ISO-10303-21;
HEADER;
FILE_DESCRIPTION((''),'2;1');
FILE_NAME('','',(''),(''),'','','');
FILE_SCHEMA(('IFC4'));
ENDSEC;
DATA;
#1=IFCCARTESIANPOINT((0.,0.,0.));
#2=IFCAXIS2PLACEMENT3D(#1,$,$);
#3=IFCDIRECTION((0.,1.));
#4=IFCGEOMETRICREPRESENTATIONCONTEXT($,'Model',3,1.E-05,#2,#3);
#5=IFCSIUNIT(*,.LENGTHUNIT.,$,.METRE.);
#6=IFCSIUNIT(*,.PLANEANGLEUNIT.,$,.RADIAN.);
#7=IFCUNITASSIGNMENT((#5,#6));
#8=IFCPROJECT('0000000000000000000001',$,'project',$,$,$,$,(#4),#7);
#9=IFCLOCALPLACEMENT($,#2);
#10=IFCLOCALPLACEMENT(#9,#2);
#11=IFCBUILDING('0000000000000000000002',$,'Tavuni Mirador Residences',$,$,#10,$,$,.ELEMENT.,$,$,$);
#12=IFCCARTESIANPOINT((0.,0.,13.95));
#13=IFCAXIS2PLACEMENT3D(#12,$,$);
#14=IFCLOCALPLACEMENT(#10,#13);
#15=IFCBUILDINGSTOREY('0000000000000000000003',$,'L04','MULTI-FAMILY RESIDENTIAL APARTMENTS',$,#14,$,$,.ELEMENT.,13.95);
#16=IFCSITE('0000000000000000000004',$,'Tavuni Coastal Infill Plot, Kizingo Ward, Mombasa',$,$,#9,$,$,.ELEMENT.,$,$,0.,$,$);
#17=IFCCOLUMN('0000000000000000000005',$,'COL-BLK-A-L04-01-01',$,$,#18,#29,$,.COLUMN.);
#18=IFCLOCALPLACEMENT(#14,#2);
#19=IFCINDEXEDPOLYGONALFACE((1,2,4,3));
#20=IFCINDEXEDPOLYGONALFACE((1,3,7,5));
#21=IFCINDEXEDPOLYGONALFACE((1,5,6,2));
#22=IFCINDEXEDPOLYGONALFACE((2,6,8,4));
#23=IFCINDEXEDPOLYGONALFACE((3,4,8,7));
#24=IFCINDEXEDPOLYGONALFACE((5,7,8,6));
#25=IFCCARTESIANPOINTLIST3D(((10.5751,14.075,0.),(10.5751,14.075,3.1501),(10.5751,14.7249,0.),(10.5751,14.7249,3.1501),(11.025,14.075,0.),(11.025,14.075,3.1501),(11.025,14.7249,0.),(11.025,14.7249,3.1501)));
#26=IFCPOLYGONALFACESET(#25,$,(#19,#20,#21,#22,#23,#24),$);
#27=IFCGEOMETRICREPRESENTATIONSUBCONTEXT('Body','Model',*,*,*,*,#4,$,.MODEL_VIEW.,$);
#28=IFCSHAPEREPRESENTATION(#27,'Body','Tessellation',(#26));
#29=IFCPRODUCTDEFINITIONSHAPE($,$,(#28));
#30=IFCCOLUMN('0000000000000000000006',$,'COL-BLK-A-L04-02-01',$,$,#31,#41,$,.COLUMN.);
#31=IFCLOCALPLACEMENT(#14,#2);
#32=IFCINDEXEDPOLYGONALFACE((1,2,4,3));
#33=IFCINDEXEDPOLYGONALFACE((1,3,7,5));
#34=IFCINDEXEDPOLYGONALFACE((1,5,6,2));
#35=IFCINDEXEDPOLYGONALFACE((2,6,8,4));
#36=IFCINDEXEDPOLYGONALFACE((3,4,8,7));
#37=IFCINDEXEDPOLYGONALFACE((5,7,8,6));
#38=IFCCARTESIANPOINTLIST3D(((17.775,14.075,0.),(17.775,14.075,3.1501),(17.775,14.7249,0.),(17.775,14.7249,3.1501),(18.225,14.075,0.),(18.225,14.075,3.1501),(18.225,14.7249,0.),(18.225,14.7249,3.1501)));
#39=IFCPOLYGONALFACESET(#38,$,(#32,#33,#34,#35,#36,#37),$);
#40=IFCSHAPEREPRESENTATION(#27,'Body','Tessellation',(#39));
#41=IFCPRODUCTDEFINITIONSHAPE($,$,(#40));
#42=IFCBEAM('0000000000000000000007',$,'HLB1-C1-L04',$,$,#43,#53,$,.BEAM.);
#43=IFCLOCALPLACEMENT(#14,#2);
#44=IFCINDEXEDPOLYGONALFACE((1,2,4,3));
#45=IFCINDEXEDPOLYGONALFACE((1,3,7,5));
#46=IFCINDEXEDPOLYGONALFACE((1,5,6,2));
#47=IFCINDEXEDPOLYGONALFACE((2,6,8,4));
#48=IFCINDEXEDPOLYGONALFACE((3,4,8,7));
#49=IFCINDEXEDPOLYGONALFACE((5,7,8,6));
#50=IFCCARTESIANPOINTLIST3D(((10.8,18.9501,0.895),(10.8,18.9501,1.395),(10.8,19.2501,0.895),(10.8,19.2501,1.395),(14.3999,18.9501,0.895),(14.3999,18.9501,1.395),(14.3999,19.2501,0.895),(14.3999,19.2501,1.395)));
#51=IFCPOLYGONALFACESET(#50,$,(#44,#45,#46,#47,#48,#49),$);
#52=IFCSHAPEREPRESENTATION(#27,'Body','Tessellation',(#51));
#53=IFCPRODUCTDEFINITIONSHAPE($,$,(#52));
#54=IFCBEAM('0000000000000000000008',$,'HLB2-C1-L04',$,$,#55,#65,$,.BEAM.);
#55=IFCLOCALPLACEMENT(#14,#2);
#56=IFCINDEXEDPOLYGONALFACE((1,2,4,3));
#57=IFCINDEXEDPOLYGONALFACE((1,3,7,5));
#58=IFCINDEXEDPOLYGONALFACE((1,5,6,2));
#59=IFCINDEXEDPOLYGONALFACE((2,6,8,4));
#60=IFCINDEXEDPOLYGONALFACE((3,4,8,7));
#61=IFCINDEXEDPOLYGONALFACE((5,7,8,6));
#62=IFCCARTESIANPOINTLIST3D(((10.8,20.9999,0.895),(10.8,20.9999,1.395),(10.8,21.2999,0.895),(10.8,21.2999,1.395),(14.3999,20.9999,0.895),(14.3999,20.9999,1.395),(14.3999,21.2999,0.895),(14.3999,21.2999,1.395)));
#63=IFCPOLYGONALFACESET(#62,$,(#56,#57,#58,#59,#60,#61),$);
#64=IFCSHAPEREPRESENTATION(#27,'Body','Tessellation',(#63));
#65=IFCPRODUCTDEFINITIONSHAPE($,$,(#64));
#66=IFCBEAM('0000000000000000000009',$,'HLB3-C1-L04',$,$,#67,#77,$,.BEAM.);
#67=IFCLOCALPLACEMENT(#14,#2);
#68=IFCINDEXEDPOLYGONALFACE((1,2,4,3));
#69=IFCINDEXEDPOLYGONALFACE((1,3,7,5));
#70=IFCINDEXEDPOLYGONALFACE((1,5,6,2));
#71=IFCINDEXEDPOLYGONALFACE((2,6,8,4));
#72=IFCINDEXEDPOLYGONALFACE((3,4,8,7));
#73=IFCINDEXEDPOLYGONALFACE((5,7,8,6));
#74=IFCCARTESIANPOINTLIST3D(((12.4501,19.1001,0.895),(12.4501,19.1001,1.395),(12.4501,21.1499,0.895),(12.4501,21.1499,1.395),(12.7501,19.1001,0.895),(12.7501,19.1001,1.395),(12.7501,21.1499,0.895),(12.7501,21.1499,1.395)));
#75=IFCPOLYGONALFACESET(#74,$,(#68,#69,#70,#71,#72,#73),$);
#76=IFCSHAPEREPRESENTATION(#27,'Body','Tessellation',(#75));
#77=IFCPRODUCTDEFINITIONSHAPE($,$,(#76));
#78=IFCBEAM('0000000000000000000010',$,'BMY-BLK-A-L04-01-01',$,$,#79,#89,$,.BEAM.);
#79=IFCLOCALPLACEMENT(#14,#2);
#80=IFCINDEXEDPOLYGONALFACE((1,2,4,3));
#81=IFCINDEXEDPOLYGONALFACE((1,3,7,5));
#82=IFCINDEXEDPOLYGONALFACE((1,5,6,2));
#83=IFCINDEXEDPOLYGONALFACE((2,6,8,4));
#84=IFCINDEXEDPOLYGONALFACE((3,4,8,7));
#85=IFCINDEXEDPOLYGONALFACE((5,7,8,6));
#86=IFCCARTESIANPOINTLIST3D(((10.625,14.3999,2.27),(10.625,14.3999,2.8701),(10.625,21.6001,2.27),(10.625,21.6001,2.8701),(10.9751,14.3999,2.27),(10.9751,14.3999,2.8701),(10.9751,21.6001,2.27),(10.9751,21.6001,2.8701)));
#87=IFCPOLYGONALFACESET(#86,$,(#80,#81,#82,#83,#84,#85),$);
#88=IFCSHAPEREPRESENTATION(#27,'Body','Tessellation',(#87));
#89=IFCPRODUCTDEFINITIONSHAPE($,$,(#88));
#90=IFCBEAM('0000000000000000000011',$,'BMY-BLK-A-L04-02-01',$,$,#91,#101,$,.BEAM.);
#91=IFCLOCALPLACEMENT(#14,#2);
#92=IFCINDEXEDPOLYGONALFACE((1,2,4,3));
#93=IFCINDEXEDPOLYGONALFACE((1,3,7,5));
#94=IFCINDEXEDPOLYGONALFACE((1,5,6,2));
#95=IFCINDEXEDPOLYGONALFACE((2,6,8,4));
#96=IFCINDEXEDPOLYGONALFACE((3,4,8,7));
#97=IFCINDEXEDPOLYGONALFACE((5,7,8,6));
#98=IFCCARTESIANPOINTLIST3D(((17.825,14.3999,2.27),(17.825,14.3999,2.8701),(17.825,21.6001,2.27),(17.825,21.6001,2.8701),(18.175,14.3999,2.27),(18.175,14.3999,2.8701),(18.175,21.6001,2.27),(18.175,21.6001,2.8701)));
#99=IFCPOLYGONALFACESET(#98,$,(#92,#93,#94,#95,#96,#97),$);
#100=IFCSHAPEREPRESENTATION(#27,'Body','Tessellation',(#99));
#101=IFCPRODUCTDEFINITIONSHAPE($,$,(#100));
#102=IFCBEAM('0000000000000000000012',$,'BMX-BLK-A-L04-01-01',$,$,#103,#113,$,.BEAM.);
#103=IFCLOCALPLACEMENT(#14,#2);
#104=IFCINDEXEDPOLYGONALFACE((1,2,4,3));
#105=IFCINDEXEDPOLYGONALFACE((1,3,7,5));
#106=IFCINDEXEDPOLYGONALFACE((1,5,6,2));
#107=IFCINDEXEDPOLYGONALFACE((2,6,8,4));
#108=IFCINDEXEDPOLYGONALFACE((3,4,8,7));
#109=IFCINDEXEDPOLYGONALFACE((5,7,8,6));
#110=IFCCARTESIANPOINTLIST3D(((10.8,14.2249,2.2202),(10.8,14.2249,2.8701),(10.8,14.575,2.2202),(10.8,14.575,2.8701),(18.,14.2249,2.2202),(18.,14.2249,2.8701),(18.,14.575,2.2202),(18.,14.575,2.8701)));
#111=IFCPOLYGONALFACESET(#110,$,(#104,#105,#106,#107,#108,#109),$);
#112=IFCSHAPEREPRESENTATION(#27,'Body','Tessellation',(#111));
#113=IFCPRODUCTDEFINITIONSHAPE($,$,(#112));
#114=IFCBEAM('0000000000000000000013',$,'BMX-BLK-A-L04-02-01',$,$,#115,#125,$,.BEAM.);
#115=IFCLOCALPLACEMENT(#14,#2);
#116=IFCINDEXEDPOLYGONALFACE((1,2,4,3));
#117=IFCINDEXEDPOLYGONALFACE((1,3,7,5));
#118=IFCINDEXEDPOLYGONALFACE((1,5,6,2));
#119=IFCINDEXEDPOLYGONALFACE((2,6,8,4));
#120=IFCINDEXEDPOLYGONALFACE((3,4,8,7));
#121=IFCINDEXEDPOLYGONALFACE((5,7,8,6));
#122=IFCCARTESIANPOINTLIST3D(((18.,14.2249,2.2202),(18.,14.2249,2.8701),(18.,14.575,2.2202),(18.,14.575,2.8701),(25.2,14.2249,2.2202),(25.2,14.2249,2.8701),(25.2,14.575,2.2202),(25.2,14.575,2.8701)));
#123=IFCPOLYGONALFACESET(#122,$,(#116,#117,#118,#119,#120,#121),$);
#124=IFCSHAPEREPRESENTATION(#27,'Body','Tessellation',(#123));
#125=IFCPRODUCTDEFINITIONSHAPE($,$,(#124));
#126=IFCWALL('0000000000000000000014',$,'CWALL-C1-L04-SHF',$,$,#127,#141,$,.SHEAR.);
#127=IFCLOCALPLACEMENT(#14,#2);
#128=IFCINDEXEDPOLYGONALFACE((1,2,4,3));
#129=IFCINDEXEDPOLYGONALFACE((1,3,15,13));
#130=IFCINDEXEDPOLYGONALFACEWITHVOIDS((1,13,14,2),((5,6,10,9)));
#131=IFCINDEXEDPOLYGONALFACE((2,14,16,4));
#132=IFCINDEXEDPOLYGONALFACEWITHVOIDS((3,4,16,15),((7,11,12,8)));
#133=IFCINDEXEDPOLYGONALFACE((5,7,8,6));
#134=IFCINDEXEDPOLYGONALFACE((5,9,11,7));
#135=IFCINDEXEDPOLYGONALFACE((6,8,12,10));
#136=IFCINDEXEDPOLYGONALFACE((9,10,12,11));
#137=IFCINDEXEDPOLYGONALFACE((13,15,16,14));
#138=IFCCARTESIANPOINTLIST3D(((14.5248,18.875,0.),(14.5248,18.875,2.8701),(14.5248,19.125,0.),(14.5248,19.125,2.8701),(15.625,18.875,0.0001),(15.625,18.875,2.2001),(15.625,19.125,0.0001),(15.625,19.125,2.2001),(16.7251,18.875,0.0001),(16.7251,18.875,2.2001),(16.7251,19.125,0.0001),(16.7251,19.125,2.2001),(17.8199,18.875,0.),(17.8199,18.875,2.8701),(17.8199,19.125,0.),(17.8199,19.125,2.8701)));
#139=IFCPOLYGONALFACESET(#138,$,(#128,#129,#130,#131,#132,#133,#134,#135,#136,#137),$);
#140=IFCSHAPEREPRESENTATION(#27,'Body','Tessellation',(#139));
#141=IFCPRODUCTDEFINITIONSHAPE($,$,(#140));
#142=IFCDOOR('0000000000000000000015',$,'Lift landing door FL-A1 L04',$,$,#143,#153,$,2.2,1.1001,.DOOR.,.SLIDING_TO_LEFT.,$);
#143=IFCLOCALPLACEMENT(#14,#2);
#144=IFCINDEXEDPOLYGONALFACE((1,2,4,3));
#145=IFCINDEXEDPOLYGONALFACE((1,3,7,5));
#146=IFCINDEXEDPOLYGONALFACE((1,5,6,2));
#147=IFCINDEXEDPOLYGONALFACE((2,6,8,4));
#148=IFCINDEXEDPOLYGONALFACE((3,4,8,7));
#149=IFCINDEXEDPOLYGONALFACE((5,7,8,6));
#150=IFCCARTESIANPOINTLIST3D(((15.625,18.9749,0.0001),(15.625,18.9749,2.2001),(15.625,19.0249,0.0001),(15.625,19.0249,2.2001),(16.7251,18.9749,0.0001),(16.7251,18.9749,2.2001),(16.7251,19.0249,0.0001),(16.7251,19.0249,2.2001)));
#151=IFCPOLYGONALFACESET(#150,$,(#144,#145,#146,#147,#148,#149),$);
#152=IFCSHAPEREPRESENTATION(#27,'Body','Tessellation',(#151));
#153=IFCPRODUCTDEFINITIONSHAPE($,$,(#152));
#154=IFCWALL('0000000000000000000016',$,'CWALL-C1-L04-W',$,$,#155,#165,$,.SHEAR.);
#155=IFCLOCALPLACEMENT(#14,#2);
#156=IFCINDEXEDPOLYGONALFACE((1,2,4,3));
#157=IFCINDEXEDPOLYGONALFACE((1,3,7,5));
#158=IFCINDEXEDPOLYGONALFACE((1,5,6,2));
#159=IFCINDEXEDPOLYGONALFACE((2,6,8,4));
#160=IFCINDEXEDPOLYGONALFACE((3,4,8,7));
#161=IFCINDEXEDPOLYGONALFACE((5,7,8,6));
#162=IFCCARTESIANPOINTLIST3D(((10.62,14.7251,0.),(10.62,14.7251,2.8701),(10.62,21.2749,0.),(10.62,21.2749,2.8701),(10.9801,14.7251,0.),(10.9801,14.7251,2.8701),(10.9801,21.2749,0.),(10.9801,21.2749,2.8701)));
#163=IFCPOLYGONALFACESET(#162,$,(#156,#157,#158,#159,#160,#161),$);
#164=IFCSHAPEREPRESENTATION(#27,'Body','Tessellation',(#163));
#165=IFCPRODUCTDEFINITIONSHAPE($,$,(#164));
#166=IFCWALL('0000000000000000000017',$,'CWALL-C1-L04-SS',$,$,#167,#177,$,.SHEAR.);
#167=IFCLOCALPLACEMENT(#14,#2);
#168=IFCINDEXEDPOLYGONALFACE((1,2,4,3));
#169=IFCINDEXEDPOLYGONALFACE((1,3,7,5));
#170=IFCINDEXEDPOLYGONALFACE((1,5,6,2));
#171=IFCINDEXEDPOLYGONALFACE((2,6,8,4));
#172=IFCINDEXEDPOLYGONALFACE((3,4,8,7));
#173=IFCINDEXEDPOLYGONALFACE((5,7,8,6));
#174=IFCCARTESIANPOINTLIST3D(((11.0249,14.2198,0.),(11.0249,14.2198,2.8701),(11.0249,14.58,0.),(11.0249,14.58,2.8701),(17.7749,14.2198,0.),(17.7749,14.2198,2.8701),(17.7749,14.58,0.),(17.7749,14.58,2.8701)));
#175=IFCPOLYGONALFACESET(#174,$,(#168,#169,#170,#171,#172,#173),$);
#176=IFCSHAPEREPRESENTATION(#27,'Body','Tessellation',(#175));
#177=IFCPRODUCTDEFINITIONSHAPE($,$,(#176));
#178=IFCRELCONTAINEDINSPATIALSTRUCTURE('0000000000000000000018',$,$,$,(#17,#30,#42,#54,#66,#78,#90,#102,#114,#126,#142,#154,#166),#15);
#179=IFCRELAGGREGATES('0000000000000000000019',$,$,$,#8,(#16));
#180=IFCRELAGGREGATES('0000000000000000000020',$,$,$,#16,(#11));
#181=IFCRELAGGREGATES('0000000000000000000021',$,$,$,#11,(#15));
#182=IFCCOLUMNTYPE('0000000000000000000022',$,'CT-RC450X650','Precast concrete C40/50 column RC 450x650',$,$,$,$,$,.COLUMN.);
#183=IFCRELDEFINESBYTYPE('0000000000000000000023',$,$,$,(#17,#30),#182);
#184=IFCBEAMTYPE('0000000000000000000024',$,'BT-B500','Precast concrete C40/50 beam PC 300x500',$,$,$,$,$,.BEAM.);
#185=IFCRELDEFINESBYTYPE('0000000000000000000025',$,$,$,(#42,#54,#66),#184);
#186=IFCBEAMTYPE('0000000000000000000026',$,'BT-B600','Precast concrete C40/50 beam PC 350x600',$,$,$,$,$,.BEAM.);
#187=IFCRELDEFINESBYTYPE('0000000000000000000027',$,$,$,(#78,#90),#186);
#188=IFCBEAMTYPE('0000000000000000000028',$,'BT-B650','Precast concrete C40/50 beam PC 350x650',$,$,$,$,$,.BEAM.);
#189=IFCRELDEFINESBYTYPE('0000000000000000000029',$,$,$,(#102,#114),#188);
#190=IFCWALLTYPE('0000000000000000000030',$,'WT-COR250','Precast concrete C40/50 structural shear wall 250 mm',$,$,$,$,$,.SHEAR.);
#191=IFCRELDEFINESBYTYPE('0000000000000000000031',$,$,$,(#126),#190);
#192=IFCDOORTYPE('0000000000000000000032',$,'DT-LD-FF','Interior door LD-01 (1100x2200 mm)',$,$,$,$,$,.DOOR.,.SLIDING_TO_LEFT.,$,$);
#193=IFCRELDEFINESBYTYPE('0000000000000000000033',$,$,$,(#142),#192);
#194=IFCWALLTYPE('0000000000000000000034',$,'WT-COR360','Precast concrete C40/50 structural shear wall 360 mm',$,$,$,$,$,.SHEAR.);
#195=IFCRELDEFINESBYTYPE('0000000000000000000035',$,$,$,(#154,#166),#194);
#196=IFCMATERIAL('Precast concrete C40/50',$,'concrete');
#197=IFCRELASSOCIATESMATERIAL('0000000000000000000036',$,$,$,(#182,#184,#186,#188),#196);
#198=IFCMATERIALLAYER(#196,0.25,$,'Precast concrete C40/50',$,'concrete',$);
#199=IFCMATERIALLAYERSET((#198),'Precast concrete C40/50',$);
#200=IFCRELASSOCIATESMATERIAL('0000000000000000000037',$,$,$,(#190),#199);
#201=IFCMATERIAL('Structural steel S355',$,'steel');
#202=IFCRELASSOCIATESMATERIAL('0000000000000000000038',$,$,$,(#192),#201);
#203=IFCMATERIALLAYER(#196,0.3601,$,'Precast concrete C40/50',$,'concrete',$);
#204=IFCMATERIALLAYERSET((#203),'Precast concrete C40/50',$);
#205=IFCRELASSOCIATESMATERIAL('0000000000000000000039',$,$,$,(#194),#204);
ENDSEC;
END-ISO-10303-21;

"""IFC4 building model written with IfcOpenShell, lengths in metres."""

from ifc_helpers import new_model, si_unit, direction, frame, frame_2d, origin, origin_2d, place, context, subcontext, project, spatial, rectangle, extrude, material, layer, layer_set, material_profile, profile_set, type_object, element, fill, save


model = new_model("IFC4")

# Units and contexts
model_context = context("Model", 3, precision=1e-05, world=origin(), true_north=direction((0.0, 1.0)))
body_context = subcontext(model_context, "Body", "Model", "MODEL_VIEW")
ifc_project = project(units=[si_unit("LENGTHUNIT", "METRE"), si_unit("PLANEANGLEUNIT", "RADIAN")], contexts=[model_context])

# Site, building, storey
site_placement = place(None, origin())
site = spatial("IfcSite", under=ifc_project, at=site_placement, Name="Tavuni Coastal Infill Plot, Kizingo Ward, Mombasa", CompositionType="ELEMENT", RefElevation=0.0)
building_placement = place(site_placement, origin())
building = spatial("IfcBuilding", under=site, at=building_placement, Name="Tavuni Mirador Residences", CompositionType="ELEMENT")
storey_placement = place(building_placement, frame((0.0, 0.0, 13.95)))
storey = spatial("IfcBuildingStorey", under=building, at=storey_placement, Name="L04", Description="MULTI-FAMILY RESIDENTIAL APARTMENTS", CompositionType="ELEMENT", Elevation=13.95)

# Columns
ifc_material_1 = material(Name="Precast concrete C40/50", Category="concrete")
ifc_material_profile_1 = material_profile(ifc_material_1, rectangle(XDim=0.45, YDim=0.6499, at=origin_2d()), Name="RC 450x650", Category="concrete")
ifc_profile_set_1 = profile_set([ifc_material_profile_1], Name="Precast concrete C40/50")
column_type = type_object("IfcColumnType", Name="CT-RC450X650", Description="Precast concrete C40/50 column RC 450x650", PredefinedType="COLUMN", material=ifc_profile_set_1)
for number, where, z_axis, x_axis, name in (
    (1, (10.8, 14.3999, 0.0), (0.0, 0.0, 1.0), (1.0, 0.0, 0.0), "COL-BLK-A-L04-01-01"),
    (2, (18.0, 14.3999, 0.0), (0.0, 0.0, 1.0), (1.0, 0.0, 0.0), "COL-BLK-A-L04-02-01"),
):
    element("IfcColumn", number, at=place(storey_placement, frame(where, z_axis=z_axis, x_axis=x_axis)), inside=storey, type_object=column_type, Name=name, PredefinedType="COLUMN", context=body_context, shape_type="SweptSolid", body=[
        extrude(rectangle(XDim=0.45, YDim=0.6499, at=origin_2d()), origin(), (0.0, 0.0, 1.0), 3.1501),
    ])

# Beams
ifc_material_profile_2 = material_profile(ifc_material_1, rectangle(XDim=0.3, YDim=0.5, at=origin_2d()), Name="PC 300x500", Category="concrete")
ifc_profile_set_2 = profile_set([ifc_material_profile_2], Name="Precast concrete C40/50")
beam_type_1 = type_object("IfcBeamType", Name="BT-B500", Description="Precast concrete C40/50 beam PC 300x500", PredefinedType="BEAM", material=ifc_profile_set_2)
for number, where, z_axis, x_axis, name in (
    (3, (10.8, 19.1001, 1.145), (1.0, 0.0, 0.0), (0.0, 1.0, 0.0), "HLB1-C1-L04"),
    (4, (10.8, 21.1499, 1.145), (1.0, 0.0, 0.0), (0.0, 1.0, 0.0), "HLB2-C1-L04"),
):
    element("IfcBeam", number, at=place(storey_placement, frame(where, z_axis=z_axis, x_axis=x_axis)), inside=storey, type_object=beam_type_1, Name=name, PredefinedType="BEAM", context=body_context, shape_type="SweptSolid", body=[
        extrude(rectangle(XDim=0.3, YDim=0.5, at=origin_2d()), origin(), (0.0, 0.0, 1.0), 3.5999),
    ])
beam_placement = place(storey_placement, frame((12.6001, 19.1001, 1.145), z_axis=(0.0, 1.0, 0.0), x_axis=(-1.0, 0.0, 0.0)))
element("IfcBeam", 5, at=beam_placement, inside=storey, type_object=beam_type_1, Name="HLB3-C1-L04", PredefinedType="BEAM", context=body_context, shape_type="SweptSolid", body=[
    extrude(rectangle(XDim=0.3, YDim=0.5, at=origin_2d()), origin(), (0.0, 0.0, 1.0), 2.0498),
])
ifc_material_profile_3 = material_profile(ifc_material_1, rectangle(XDim=0.3501, YDim=0.6001, at=origin_2d()), Name="PC 350x600", Category="concrete")
ifc_profile_set_3 = profile_set([ifc_material_profile_3], Name="Precast concrete C40/50")
beam_type_2 = type_object("IfcBeamType", Name="BT-B600", Description="Precast concrete C40/50 beam PC 350x600", PredefinedType="BEAM", material=ifc_profile_set_3)
for number, where, z_axis, x_axis, name in (
    (6, (10.8, 14.3999, 2.5701), (0.0, 1.0, 0.0), (-1.0, 0.0, 0.0), "BMY-BLK-A-L04-01-01"),
    (7, (18.0, 14.3999, 2.5701), (0.0, 1.0, 0.0), (-1.0, 0.0, 0.0), "BMY-BLK-A-L04-02-01"),
):
    element("IfcBeam", number, at=place(storey_placement, frame(where, z_axis=z_axis, x_axis=x_axis)), inside=storey, type_object=beam_type_2, Name=name, PredefinedType="BEAM", context=body_context, shape_type="SweptSolid", body=[
        extrude(rectangle(XDim=0.3501, YDim=0.6001, at=origin_2d()), origin(), (0.0, 0.0, 1.0), 7.2002),
    ])
ifc_material_profile_4 = material_profile(ifc_material_1, rectangle(XDim=0.3501, YDim=0.6499, at=origin_2d()), Name="PC 350x650", Category="concrete")
ifc_profile_set_4 = profile_set([ifc_material_profile_4], Name="Precast concrete C40/50")
beam_type_3 = type_object("IfcBeamType", Name="BT-B650", Description="Precast concrete C40/50 beam PC 350x650", PredefinedType="BEAM", material=ifc_profile_set_4)
for number, where, z_axis, x_axis, name in (
    (8, (10.8, 14.3999, 2.5452), (1.0, 0.0, 0.0), (0.0, 1.0, 0.0), "BMX-BLK-A-L04-01-01"),
    (9, (18.0, 14.3999, 2.5452), (1.0, 0.0, 0.0), (0.0, 1.0, 0.0), "BMX-BLK-A-L04-02-01"),
):
    element("IfcBeam", number, at=place(storey_placement, frame(where, z_axis=z_axis, x_axis=x_axis)), inside=storey, type_object=beam_type_3, Name=name, PredefinedType="BEAM", context=body_context, shape_type="SweptSolid", body=[
        extrude(rectangle(XDim=0.3501, YDim=0.6499, at=origin_2d()), origin(), (0.0, 0.0, 1.0), 7.2),
    ])

# Wall, opening, door
ifc_layer_1 = layer(ifc_material_1, 0.25, Name="Precast concrete C40/50", Category="concrete")
ifc_layer_set_1 = layer_set([ifc_layer_1], Name="Precast concrete C40/50")
wall_type_1 = type_object("IfcWallType", Name="WT-COR250", Description="Precast concrete C40/50 structural shear wall 250 mm", PredefinedType="SHEAR", material=ifc_layer_set_1)
wall_1_placement = place(storey_placement, frame((14.5249, 19.0, 0.0), z_axis=(0.0, 0.0, 1.0), x_axis=(1.0, 0.0, 0.0)))
wall_1 = element("IfcWall", 10, at=wall_1_placement, inside=storey, type_object=wall_type_1, Name="CWALL-C1-L04-SHF", PredefinedType="SHEAR", context=body_context, shape_type="SweptSolid", body=[
    extrude(rectangle(XDim=3.2952, YDim=0.25, at=frame_2d((1.6475, 0.0))), origin(), (0.0, 0.0, 1.0), 2.8701),
])
opening_1_placement = place(wall_1_placement, frame((1.1001, 0.0, 0.0)))
opening_1 = element("IfcOpeningElement", 11, at=opening_1_placement, cuts=wall_1, PredefinedType="OPENING", context=body_context, shape_type="SweptSolid", body=[
    extrude(rectangle(XDim=1.1001, YDim=2.2, at=frame_2d((0.55, 1.1001))), frame((0.0, 0.135, 0.0), z_axis=(0.0, -1.0, 0.0), x_axis=(1.0, 0.0, 0.0)), (0.0, 0.0, 1.0), 0.27),
])
ifc_material_2 = material(Name="Structural steel S355", Category="steel")
door_type_1 = type_object("IfcDoorType", Name="DT-LD-FF", Description="Interior door LD-01 (1100x2200 mm)", OperationType="SLIDING_TO_LEFT", PredefinedType="DOOR", material=ifc_material_2)
door_1_placement = place(opening_1_placement, origin())
door_1 = element("IfcDoor", 12, at=door_1_placement, inside=storey, type_object=door_type_1, Name="Lift landing door FL-A1 L04", OperationType="SLIDING_TO_LEFT", OverallHeight=2.2, OverallWidth=1.1001, PredefinedType="DOOR", context=body_context, shape_type="SweptSolid", body=[
    extrude(rectangle(XDim=1.1001, YDim=2.2, at=frame_2d((0.55, 1.1001))), frame((0.0, 0.0249, 0.0), z_axis=(0.0, -1.0, 0.0), x_axis=(1.0, 0.0, 0.0)), (0.0, 0.0, 1.0), 0.05),
])
fill(opening_1, door_1)

# Wall
ifc_layer_2 = layer(ifc_material_1, 0.3601, Name="Precast concrete C40/50", Category="concrete")
ifc_layer_set_2 = layer_set([ifc_layer_2], Name="Precast concrete C40/50")
wall_type_2 = type_object("IfcWallType", Name="WT-COR360", Description="Precast concrete C40/50 structural shear wall 360 mm", PredefinedType="SHEAR", material=ifc_layer_set_2)
wall_2_placement = place(storey_placement, frame((10.8, 14.7251, 0.0), z_axis=(0.0, 0.0, 1.0), x_axis=(0.0, 1.0, 0.0)))
element("IfcWall", 13, at=wall_2_placement, inside=storey, type_object=wall_type_2, Name="CWALL-C1-L04-W", PredefinedType="SHEAR", context=body_context, shape_type="SweptSolid", body=[
    extrude(rectangle(XDim=6.5498, YDim=0.3601, at=frame_2d((3.2749, 0.0))), origin(), (0.0, 0.0, 1.0), 2.8701),
])

# Wall
wall_3_placement = place(storey_placement, frame((11.0249, 14.3999, 0.0), z_axis=(0.0, 0.0, 1.0), x_axis=(1.0, 0.0, 0.0)))
element("IfcWall", 14, at=wall_3_placement, inside=storey, type_object=wall_type_2, Name="CWALL-C1-L04-SS", PredefinedType="SHEAR", context=body_context, shape_type="SweptSolid", body=[
    extrude(rectangle(XDim=6.75, YDim=0.3601, at=frame_2d((3.375, 0.0))), origin(), (0.0, 0.0, 1.0), 2.8701),
])

save(model, "model.ifc")
